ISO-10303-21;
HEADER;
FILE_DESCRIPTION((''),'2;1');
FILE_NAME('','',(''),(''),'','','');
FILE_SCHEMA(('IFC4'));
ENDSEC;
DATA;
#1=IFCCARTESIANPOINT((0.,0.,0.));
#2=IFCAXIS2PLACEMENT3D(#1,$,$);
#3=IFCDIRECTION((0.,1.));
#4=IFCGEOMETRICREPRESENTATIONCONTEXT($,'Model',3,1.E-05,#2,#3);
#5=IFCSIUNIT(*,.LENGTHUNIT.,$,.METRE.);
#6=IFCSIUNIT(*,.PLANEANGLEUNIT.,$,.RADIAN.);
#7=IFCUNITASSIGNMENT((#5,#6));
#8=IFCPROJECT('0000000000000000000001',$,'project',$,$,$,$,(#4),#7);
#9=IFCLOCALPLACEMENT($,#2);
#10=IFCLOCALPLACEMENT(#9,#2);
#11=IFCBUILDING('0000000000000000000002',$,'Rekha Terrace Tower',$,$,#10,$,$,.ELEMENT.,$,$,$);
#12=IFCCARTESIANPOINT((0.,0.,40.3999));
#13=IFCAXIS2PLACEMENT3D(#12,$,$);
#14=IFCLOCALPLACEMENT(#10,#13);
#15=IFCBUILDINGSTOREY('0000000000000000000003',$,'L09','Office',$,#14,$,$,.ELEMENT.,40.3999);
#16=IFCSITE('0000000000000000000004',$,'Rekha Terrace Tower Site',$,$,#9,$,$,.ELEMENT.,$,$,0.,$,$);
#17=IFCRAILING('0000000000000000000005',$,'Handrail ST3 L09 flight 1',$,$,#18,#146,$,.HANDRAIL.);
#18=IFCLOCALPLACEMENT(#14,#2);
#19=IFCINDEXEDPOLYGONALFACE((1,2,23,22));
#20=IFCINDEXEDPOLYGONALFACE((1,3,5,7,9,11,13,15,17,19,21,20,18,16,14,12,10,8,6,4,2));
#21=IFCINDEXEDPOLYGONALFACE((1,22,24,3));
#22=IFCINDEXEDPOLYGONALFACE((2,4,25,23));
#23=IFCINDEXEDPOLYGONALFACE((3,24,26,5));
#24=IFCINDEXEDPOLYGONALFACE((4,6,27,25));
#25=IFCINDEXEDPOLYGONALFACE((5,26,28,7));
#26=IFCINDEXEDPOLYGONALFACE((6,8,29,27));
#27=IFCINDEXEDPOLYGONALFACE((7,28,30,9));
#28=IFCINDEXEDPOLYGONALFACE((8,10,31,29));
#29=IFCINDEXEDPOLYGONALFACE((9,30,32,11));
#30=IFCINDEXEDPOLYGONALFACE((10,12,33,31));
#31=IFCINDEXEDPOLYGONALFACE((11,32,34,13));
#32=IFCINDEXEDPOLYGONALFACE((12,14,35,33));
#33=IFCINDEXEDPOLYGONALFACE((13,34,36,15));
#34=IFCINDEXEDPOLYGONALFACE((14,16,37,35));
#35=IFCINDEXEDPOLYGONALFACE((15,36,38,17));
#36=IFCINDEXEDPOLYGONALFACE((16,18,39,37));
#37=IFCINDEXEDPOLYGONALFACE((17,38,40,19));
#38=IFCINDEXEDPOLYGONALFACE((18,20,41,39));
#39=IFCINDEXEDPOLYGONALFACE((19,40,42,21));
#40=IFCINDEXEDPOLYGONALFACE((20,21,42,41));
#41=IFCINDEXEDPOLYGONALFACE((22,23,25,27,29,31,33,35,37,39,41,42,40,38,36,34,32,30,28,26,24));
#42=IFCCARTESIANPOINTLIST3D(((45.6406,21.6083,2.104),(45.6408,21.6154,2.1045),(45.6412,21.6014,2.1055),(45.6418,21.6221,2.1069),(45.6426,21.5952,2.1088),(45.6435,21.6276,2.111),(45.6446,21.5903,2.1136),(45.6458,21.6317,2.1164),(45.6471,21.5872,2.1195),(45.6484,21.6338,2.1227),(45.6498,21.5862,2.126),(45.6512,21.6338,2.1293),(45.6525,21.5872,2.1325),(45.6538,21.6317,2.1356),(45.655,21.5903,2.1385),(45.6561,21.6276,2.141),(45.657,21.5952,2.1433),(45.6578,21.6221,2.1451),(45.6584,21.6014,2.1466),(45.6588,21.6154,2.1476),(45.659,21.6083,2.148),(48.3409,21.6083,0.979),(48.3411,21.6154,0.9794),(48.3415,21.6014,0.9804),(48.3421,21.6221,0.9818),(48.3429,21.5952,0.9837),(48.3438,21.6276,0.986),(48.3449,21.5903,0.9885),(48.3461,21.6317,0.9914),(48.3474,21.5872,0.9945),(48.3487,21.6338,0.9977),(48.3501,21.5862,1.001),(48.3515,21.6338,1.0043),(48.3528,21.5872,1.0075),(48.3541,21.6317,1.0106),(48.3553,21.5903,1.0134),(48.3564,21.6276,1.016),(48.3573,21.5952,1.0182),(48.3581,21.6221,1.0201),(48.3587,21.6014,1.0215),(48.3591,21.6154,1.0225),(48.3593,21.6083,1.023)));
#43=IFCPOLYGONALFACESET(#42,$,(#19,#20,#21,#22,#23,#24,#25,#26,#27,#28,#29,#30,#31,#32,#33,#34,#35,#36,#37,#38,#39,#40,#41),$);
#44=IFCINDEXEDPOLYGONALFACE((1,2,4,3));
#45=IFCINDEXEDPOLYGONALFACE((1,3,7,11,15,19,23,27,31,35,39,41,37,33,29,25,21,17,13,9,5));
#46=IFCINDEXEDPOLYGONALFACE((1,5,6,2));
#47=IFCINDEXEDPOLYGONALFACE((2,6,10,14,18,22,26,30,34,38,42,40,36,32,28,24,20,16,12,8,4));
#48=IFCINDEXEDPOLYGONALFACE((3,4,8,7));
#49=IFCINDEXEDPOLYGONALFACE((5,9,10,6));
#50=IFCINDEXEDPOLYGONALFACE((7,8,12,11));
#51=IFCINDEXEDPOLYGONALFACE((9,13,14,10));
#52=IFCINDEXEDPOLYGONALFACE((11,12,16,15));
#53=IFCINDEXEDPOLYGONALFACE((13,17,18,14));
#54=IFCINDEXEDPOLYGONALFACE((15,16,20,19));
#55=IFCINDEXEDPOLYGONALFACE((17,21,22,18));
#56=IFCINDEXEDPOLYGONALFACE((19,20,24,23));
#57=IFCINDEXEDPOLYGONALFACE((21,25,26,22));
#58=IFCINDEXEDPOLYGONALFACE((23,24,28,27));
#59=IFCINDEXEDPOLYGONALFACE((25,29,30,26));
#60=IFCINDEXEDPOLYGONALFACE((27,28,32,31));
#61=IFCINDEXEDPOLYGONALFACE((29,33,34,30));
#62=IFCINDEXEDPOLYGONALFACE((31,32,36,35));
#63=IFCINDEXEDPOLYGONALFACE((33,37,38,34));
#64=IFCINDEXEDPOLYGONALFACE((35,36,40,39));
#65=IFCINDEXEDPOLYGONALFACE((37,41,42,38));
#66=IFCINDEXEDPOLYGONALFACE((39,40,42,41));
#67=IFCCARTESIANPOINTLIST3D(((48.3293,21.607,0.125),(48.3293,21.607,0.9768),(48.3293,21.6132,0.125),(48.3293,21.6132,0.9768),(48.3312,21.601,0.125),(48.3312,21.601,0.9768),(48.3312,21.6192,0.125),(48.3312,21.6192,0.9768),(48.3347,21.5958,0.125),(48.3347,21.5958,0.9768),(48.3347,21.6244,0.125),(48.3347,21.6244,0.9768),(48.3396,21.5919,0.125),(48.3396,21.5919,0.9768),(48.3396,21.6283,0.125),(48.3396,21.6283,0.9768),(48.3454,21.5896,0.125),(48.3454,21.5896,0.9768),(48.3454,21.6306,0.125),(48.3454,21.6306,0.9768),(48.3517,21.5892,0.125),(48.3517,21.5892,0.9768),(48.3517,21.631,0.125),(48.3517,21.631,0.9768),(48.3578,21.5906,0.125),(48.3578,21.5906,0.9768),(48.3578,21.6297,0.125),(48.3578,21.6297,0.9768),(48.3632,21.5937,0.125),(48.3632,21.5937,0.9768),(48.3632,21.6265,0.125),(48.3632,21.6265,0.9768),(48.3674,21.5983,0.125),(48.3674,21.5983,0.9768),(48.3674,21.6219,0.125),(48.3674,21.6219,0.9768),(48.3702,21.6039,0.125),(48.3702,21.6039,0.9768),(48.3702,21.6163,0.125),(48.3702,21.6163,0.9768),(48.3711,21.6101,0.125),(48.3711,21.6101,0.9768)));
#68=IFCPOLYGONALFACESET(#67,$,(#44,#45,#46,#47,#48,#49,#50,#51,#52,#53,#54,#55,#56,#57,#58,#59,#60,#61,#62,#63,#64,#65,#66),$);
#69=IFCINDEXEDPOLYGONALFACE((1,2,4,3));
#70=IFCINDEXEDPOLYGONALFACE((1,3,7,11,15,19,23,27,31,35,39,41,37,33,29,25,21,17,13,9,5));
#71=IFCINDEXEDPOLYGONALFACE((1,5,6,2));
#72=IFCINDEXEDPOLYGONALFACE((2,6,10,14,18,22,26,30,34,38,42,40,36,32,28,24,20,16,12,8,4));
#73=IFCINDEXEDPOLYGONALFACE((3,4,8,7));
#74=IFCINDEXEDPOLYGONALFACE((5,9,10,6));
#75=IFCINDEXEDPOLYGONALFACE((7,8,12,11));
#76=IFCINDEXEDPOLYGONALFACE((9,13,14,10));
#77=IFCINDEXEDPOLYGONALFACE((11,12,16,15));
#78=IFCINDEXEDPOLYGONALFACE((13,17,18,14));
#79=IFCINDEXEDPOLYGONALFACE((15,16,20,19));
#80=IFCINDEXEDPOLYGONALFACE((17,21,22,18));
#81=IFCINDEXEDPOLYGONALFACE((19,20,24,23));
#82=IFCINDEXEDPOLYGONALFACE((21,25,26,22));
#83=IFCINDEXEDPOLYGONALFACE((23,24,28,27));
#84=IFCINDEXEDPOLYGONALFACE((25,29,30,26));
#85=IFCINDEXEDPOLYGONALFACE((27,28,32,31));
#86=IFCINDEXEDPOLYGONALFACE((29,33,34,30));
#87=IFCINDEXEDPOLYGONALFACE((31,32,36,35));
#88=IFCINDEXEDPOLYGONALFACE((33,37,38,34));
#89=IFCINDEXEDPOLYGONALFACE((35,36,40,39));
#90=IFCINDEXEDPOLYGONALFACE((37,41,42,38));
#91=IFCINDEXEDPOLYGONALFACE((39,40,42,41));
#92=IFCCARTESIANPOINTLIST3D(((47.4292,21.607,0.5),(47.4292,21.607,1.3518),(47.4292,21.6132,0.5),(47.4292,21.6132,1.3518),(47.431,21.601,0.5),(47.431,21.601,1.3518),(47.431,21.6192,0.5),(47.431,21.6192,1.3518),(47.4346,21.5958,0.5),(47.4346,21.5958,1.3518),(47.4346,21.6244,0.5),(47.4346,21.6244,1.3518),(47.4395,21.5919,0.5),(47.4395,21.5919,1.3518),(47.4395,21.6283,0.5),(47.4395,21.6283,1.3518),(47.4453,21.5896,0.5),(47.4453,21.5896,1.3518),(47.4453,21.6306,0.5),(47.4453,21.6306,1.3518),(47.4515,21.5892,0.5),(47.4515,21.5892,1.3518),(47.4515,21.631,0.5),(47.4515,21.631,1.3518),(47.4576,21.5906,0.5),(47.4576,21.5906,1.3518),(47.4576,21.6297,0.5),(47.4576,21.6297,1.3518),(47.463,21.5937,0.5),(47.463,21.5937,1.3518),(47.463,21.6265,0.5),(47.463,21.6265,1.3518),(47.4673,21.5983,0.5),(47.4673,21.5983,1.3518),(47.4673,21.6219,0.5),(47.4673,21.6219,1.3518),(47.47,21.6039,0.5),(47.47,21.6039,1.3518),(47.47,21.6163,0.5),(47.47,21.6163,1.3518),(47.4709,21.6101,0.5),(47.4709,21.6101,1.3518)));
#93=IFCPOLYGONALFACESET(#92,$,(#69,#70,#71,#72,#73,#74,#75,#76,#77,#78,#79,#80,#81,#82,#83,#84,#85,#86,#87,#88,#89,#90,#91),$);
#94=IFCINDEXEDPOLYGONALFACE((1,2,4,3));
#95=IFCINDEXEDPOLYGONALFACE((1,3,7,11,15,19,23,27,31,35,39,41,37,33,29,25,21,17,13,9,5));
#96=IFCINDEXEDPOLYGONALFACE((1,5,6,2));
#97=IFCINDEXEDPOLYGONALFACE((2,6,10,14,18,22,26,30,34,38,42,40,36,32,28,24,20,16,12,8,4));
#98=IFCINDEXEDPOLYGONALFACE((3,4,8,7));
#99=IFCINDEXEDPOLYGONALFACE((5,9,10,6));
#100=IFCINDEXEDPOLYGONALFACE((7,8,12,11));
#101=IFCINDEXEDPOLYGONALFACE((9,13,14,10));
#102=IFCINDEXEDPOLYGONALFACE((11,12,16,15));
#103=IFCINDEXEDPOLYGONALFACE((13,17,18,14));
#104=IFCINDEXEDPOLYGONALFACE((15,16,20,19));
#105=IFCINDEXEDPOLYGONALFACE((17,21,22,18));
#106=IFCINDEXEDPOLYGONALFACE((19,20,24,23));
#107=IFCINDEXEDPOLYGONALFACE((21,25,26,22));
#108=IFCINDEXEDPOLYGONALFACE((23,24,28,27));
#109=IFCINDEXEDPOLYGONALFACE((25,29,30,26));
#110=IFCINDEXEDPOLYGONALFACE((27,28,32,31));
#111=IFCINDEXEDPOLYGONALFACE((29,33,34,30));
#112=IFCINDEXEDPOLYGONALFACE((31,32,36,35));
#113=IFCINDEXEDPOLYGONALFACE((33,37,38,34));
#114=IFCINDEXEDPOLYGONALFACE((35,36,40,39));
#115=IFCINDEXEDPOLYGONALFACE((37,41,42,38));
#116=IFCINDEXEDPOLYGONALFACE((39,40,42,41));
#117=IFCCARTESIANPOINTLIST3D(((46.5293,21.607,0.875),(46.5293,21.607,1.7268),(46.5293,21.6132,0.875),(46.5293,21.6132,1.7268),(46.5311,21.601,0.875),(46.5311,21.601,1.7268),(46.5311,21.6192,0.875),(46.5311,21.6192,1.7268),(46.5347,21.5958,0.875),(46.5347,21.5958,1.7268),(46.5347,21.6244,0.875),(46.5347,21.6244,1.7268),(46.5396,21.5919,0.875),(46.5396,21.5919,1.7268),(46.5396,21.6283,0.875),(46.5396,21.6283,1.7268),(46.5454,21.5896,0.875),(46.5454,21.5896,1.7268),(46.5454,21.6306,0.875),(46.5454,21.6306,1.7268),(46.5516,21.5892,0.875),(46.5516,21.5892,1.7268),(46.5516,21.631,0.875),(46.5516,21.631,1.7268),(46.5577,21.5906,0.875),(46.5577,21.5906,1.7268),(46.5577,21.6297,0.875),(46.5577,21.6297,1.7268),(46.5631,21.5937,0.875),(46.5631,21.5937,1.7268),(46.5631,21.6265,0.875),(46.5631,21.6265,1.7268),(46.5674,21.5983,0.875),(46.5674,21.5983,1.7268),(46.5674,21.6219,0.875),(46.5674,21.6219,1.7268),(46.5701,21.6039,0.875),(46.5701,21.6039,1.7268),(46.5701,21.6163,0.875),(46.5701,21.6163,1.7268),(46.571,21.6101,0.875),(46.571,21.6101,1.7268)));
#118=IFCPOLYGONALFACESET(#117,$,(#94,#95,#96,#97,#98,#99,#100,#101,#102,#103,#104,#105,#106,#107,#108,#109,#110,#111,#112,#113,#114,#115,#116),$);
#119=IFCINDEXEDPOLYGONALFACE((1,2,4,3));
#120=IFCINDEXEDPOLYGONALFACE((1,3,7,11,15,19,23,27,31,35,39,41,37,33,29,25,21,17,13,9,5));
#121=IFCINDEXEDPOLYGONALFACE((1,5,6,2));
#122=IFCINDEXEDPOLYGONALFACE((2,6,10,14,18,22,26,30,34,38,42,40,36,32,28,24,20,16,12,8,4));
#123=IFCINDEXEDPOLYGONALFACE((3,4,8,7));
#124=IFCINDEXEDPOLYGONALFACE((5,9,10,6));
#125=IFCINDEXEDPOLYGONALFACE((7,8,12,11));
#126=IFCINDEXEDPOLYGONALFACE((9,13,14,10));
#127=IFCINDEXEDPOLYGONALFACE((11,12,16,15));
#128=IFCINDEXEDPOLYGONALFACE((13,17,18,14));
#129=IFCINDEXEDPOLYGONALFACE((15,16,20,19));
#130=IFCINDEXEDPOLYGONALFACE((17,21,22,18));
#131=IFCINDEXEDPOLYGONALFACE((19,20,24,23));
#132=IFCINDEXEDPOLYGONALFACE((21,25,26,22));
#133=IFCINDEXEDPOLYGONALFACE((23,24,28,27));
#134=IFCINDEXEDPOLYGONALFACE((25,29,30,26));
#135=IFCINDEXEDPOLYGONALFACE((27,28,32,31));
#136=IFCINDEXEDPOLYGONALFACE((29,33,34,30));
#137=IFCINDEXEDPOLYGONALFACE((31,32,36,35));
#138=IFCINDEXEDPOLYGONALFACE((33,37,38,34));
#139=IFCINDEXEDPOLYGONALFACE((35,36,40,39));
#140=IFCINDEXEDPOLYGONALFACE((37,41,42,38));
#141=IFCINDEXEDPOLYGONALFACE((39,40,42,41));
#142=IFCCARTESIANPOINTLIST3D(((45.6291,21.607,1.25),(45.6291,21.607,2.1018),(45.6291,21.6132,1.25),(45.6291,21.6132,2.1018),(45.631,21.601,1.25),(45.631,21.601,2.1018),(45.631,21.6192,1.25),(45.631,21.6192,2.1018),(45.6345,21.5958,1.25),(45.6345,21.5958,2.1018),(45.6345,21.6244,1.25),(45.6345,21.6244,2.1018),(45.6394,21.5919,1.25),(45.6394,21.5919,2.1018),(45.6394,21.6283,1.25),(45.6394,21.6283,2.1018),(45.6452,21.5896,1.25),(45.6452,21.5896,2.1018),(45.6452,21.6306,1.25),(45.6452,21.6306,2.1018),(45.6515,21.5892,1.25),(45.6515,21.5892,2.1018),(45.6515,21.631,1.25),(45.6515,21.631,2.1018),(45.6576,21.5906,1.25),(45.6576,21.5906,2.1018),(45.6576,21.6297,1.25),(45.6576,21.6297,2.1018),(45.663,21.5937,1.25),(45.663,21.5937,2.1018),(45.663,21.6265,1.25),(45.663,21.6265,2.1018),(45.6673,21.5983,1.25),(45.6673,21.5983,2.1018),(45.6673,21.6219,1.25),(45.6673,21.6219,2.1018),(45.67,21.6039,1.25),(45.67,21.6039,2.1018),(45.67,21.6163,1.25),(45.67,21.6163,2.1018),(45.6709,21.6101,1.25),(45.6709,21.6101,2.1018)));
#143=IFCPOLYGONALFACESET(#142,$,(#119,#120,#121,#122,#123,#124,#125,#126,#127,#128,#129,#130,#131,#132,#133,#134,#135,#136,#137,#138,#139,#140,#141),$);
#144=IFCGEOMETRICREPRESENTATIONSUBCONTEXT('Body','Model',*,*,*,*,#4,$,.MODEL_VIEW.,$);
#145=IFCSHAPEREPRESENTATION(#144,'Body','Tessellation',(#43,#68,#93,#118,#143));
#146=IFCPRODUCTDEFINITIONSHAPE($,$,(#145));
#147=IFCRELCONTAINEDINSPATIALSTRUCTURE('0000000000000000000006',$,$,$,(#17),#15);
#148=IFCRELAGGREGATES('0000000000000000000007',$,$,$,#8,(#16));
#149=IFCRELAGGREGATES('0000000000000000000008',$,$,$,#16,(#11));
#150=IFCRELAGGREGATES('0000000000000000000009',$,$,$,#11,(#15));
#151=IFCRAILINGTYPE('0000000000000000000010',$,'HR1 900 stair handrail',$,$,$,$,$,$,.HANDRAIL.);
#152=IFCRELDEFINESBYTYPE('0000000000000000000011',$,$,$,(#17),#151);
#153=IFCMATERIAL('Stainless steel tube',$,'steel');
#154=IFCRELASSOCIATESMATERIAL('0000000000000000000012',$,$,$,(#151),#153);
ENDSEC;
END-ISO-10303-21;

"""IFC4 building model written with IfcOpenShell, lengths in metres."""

from ifc_helpers import new_model, si_unit, direction, frame, origin, origin_2d, place, context, subcontext, project, spatial, circle, extrude, material, type_object, element, save


model = new_model("IFC4")

# Units and contexts
model_context = context("Model", 3, precision=1e-05, world=origin(), true_north=direction((0.0, 1.0)))
body_context = subcontext(model_context, "Body", "Model", "MODEL_VIEW")
ifc_project = project(units=[si_unit("LENGTHUNIT", "METRE"), si_unit("PLANEANGLEUNIT", "RADIAN")], contexts=[model_context])

# Site, building, storey
site_placement = place(None, origin())
site = spatial("IfcSite", under=ifc_project, at=site_placement, Name="Rekha Terrace Tower Site", CompositionType="ELEMENT", RefElevation=0.0)
building_placement = place(site_placement, origin())
building = spatial("IfcBuilding", under=site, at=building_placement, Name="Rekha Terrace Tower", CompositionType="ELEMENT")
storey_placement = place(building_placement, frame((0.0, 0.0, 40.3999)))
storey = spatial("IfcBuildingStorey", under=building, at=storey_placement, Name="L09", Description="Office", CompositionType="ELEMENT", Elevation=40.3999)

# Railing
ifc_material_1 = material(Name="Stainless steel tube", Category="steel")
railing_type_1 = type_object("IfcRailingType", Name="HR1 900 stair handrail", PredefinedType="HANDRAIL", material=ifc_material_1)
railing_1_placement = place(storey_placement, frame((48.3501, 21.6101, 0.125)))
element("IfcRailing", 1, at=railing_1_placement, inside=storey, type_object=railing_type_1, Name="Handrail ST3 L09 flight 1", PredefinedType="HANDRAIL", context=body_context, shape_type="SweptSolid", body=[
    extrude(circle(Radius=0.0239, at=origin_2d()), frame((0.0, 0.0, 0.876), z_axis=(-0.923087, 0.0, 0.384592), x_axis=(0.0, -1.0, 0.0)), (0.0, 0.0, 1.0), 2.9253),
    extrude(circle(Radius=0.021, at=origin_2d()), origin(), (0.0, 0.0, 1.0), 0.8518),
    extrude(circle(Radius=0.021, at=origin_2d()), frame((-0.9001, 0.0, 0.375)), (0.0, 0.0, 1.0), 0.8518),
    extrude(circle(Radius=0.021, at=origin_2d()), frame((-1.8, 0.0, 0.75)), (0.0, 0.0, 1.0), 0.8518),
    extrude(circle(Radius=0.021, at=origin_2d()), frame((-2.7002, 0.0, 1.125)), (0.0, 0.0, 1.0), 0.8518),
])

save(model, "model.ifc")
